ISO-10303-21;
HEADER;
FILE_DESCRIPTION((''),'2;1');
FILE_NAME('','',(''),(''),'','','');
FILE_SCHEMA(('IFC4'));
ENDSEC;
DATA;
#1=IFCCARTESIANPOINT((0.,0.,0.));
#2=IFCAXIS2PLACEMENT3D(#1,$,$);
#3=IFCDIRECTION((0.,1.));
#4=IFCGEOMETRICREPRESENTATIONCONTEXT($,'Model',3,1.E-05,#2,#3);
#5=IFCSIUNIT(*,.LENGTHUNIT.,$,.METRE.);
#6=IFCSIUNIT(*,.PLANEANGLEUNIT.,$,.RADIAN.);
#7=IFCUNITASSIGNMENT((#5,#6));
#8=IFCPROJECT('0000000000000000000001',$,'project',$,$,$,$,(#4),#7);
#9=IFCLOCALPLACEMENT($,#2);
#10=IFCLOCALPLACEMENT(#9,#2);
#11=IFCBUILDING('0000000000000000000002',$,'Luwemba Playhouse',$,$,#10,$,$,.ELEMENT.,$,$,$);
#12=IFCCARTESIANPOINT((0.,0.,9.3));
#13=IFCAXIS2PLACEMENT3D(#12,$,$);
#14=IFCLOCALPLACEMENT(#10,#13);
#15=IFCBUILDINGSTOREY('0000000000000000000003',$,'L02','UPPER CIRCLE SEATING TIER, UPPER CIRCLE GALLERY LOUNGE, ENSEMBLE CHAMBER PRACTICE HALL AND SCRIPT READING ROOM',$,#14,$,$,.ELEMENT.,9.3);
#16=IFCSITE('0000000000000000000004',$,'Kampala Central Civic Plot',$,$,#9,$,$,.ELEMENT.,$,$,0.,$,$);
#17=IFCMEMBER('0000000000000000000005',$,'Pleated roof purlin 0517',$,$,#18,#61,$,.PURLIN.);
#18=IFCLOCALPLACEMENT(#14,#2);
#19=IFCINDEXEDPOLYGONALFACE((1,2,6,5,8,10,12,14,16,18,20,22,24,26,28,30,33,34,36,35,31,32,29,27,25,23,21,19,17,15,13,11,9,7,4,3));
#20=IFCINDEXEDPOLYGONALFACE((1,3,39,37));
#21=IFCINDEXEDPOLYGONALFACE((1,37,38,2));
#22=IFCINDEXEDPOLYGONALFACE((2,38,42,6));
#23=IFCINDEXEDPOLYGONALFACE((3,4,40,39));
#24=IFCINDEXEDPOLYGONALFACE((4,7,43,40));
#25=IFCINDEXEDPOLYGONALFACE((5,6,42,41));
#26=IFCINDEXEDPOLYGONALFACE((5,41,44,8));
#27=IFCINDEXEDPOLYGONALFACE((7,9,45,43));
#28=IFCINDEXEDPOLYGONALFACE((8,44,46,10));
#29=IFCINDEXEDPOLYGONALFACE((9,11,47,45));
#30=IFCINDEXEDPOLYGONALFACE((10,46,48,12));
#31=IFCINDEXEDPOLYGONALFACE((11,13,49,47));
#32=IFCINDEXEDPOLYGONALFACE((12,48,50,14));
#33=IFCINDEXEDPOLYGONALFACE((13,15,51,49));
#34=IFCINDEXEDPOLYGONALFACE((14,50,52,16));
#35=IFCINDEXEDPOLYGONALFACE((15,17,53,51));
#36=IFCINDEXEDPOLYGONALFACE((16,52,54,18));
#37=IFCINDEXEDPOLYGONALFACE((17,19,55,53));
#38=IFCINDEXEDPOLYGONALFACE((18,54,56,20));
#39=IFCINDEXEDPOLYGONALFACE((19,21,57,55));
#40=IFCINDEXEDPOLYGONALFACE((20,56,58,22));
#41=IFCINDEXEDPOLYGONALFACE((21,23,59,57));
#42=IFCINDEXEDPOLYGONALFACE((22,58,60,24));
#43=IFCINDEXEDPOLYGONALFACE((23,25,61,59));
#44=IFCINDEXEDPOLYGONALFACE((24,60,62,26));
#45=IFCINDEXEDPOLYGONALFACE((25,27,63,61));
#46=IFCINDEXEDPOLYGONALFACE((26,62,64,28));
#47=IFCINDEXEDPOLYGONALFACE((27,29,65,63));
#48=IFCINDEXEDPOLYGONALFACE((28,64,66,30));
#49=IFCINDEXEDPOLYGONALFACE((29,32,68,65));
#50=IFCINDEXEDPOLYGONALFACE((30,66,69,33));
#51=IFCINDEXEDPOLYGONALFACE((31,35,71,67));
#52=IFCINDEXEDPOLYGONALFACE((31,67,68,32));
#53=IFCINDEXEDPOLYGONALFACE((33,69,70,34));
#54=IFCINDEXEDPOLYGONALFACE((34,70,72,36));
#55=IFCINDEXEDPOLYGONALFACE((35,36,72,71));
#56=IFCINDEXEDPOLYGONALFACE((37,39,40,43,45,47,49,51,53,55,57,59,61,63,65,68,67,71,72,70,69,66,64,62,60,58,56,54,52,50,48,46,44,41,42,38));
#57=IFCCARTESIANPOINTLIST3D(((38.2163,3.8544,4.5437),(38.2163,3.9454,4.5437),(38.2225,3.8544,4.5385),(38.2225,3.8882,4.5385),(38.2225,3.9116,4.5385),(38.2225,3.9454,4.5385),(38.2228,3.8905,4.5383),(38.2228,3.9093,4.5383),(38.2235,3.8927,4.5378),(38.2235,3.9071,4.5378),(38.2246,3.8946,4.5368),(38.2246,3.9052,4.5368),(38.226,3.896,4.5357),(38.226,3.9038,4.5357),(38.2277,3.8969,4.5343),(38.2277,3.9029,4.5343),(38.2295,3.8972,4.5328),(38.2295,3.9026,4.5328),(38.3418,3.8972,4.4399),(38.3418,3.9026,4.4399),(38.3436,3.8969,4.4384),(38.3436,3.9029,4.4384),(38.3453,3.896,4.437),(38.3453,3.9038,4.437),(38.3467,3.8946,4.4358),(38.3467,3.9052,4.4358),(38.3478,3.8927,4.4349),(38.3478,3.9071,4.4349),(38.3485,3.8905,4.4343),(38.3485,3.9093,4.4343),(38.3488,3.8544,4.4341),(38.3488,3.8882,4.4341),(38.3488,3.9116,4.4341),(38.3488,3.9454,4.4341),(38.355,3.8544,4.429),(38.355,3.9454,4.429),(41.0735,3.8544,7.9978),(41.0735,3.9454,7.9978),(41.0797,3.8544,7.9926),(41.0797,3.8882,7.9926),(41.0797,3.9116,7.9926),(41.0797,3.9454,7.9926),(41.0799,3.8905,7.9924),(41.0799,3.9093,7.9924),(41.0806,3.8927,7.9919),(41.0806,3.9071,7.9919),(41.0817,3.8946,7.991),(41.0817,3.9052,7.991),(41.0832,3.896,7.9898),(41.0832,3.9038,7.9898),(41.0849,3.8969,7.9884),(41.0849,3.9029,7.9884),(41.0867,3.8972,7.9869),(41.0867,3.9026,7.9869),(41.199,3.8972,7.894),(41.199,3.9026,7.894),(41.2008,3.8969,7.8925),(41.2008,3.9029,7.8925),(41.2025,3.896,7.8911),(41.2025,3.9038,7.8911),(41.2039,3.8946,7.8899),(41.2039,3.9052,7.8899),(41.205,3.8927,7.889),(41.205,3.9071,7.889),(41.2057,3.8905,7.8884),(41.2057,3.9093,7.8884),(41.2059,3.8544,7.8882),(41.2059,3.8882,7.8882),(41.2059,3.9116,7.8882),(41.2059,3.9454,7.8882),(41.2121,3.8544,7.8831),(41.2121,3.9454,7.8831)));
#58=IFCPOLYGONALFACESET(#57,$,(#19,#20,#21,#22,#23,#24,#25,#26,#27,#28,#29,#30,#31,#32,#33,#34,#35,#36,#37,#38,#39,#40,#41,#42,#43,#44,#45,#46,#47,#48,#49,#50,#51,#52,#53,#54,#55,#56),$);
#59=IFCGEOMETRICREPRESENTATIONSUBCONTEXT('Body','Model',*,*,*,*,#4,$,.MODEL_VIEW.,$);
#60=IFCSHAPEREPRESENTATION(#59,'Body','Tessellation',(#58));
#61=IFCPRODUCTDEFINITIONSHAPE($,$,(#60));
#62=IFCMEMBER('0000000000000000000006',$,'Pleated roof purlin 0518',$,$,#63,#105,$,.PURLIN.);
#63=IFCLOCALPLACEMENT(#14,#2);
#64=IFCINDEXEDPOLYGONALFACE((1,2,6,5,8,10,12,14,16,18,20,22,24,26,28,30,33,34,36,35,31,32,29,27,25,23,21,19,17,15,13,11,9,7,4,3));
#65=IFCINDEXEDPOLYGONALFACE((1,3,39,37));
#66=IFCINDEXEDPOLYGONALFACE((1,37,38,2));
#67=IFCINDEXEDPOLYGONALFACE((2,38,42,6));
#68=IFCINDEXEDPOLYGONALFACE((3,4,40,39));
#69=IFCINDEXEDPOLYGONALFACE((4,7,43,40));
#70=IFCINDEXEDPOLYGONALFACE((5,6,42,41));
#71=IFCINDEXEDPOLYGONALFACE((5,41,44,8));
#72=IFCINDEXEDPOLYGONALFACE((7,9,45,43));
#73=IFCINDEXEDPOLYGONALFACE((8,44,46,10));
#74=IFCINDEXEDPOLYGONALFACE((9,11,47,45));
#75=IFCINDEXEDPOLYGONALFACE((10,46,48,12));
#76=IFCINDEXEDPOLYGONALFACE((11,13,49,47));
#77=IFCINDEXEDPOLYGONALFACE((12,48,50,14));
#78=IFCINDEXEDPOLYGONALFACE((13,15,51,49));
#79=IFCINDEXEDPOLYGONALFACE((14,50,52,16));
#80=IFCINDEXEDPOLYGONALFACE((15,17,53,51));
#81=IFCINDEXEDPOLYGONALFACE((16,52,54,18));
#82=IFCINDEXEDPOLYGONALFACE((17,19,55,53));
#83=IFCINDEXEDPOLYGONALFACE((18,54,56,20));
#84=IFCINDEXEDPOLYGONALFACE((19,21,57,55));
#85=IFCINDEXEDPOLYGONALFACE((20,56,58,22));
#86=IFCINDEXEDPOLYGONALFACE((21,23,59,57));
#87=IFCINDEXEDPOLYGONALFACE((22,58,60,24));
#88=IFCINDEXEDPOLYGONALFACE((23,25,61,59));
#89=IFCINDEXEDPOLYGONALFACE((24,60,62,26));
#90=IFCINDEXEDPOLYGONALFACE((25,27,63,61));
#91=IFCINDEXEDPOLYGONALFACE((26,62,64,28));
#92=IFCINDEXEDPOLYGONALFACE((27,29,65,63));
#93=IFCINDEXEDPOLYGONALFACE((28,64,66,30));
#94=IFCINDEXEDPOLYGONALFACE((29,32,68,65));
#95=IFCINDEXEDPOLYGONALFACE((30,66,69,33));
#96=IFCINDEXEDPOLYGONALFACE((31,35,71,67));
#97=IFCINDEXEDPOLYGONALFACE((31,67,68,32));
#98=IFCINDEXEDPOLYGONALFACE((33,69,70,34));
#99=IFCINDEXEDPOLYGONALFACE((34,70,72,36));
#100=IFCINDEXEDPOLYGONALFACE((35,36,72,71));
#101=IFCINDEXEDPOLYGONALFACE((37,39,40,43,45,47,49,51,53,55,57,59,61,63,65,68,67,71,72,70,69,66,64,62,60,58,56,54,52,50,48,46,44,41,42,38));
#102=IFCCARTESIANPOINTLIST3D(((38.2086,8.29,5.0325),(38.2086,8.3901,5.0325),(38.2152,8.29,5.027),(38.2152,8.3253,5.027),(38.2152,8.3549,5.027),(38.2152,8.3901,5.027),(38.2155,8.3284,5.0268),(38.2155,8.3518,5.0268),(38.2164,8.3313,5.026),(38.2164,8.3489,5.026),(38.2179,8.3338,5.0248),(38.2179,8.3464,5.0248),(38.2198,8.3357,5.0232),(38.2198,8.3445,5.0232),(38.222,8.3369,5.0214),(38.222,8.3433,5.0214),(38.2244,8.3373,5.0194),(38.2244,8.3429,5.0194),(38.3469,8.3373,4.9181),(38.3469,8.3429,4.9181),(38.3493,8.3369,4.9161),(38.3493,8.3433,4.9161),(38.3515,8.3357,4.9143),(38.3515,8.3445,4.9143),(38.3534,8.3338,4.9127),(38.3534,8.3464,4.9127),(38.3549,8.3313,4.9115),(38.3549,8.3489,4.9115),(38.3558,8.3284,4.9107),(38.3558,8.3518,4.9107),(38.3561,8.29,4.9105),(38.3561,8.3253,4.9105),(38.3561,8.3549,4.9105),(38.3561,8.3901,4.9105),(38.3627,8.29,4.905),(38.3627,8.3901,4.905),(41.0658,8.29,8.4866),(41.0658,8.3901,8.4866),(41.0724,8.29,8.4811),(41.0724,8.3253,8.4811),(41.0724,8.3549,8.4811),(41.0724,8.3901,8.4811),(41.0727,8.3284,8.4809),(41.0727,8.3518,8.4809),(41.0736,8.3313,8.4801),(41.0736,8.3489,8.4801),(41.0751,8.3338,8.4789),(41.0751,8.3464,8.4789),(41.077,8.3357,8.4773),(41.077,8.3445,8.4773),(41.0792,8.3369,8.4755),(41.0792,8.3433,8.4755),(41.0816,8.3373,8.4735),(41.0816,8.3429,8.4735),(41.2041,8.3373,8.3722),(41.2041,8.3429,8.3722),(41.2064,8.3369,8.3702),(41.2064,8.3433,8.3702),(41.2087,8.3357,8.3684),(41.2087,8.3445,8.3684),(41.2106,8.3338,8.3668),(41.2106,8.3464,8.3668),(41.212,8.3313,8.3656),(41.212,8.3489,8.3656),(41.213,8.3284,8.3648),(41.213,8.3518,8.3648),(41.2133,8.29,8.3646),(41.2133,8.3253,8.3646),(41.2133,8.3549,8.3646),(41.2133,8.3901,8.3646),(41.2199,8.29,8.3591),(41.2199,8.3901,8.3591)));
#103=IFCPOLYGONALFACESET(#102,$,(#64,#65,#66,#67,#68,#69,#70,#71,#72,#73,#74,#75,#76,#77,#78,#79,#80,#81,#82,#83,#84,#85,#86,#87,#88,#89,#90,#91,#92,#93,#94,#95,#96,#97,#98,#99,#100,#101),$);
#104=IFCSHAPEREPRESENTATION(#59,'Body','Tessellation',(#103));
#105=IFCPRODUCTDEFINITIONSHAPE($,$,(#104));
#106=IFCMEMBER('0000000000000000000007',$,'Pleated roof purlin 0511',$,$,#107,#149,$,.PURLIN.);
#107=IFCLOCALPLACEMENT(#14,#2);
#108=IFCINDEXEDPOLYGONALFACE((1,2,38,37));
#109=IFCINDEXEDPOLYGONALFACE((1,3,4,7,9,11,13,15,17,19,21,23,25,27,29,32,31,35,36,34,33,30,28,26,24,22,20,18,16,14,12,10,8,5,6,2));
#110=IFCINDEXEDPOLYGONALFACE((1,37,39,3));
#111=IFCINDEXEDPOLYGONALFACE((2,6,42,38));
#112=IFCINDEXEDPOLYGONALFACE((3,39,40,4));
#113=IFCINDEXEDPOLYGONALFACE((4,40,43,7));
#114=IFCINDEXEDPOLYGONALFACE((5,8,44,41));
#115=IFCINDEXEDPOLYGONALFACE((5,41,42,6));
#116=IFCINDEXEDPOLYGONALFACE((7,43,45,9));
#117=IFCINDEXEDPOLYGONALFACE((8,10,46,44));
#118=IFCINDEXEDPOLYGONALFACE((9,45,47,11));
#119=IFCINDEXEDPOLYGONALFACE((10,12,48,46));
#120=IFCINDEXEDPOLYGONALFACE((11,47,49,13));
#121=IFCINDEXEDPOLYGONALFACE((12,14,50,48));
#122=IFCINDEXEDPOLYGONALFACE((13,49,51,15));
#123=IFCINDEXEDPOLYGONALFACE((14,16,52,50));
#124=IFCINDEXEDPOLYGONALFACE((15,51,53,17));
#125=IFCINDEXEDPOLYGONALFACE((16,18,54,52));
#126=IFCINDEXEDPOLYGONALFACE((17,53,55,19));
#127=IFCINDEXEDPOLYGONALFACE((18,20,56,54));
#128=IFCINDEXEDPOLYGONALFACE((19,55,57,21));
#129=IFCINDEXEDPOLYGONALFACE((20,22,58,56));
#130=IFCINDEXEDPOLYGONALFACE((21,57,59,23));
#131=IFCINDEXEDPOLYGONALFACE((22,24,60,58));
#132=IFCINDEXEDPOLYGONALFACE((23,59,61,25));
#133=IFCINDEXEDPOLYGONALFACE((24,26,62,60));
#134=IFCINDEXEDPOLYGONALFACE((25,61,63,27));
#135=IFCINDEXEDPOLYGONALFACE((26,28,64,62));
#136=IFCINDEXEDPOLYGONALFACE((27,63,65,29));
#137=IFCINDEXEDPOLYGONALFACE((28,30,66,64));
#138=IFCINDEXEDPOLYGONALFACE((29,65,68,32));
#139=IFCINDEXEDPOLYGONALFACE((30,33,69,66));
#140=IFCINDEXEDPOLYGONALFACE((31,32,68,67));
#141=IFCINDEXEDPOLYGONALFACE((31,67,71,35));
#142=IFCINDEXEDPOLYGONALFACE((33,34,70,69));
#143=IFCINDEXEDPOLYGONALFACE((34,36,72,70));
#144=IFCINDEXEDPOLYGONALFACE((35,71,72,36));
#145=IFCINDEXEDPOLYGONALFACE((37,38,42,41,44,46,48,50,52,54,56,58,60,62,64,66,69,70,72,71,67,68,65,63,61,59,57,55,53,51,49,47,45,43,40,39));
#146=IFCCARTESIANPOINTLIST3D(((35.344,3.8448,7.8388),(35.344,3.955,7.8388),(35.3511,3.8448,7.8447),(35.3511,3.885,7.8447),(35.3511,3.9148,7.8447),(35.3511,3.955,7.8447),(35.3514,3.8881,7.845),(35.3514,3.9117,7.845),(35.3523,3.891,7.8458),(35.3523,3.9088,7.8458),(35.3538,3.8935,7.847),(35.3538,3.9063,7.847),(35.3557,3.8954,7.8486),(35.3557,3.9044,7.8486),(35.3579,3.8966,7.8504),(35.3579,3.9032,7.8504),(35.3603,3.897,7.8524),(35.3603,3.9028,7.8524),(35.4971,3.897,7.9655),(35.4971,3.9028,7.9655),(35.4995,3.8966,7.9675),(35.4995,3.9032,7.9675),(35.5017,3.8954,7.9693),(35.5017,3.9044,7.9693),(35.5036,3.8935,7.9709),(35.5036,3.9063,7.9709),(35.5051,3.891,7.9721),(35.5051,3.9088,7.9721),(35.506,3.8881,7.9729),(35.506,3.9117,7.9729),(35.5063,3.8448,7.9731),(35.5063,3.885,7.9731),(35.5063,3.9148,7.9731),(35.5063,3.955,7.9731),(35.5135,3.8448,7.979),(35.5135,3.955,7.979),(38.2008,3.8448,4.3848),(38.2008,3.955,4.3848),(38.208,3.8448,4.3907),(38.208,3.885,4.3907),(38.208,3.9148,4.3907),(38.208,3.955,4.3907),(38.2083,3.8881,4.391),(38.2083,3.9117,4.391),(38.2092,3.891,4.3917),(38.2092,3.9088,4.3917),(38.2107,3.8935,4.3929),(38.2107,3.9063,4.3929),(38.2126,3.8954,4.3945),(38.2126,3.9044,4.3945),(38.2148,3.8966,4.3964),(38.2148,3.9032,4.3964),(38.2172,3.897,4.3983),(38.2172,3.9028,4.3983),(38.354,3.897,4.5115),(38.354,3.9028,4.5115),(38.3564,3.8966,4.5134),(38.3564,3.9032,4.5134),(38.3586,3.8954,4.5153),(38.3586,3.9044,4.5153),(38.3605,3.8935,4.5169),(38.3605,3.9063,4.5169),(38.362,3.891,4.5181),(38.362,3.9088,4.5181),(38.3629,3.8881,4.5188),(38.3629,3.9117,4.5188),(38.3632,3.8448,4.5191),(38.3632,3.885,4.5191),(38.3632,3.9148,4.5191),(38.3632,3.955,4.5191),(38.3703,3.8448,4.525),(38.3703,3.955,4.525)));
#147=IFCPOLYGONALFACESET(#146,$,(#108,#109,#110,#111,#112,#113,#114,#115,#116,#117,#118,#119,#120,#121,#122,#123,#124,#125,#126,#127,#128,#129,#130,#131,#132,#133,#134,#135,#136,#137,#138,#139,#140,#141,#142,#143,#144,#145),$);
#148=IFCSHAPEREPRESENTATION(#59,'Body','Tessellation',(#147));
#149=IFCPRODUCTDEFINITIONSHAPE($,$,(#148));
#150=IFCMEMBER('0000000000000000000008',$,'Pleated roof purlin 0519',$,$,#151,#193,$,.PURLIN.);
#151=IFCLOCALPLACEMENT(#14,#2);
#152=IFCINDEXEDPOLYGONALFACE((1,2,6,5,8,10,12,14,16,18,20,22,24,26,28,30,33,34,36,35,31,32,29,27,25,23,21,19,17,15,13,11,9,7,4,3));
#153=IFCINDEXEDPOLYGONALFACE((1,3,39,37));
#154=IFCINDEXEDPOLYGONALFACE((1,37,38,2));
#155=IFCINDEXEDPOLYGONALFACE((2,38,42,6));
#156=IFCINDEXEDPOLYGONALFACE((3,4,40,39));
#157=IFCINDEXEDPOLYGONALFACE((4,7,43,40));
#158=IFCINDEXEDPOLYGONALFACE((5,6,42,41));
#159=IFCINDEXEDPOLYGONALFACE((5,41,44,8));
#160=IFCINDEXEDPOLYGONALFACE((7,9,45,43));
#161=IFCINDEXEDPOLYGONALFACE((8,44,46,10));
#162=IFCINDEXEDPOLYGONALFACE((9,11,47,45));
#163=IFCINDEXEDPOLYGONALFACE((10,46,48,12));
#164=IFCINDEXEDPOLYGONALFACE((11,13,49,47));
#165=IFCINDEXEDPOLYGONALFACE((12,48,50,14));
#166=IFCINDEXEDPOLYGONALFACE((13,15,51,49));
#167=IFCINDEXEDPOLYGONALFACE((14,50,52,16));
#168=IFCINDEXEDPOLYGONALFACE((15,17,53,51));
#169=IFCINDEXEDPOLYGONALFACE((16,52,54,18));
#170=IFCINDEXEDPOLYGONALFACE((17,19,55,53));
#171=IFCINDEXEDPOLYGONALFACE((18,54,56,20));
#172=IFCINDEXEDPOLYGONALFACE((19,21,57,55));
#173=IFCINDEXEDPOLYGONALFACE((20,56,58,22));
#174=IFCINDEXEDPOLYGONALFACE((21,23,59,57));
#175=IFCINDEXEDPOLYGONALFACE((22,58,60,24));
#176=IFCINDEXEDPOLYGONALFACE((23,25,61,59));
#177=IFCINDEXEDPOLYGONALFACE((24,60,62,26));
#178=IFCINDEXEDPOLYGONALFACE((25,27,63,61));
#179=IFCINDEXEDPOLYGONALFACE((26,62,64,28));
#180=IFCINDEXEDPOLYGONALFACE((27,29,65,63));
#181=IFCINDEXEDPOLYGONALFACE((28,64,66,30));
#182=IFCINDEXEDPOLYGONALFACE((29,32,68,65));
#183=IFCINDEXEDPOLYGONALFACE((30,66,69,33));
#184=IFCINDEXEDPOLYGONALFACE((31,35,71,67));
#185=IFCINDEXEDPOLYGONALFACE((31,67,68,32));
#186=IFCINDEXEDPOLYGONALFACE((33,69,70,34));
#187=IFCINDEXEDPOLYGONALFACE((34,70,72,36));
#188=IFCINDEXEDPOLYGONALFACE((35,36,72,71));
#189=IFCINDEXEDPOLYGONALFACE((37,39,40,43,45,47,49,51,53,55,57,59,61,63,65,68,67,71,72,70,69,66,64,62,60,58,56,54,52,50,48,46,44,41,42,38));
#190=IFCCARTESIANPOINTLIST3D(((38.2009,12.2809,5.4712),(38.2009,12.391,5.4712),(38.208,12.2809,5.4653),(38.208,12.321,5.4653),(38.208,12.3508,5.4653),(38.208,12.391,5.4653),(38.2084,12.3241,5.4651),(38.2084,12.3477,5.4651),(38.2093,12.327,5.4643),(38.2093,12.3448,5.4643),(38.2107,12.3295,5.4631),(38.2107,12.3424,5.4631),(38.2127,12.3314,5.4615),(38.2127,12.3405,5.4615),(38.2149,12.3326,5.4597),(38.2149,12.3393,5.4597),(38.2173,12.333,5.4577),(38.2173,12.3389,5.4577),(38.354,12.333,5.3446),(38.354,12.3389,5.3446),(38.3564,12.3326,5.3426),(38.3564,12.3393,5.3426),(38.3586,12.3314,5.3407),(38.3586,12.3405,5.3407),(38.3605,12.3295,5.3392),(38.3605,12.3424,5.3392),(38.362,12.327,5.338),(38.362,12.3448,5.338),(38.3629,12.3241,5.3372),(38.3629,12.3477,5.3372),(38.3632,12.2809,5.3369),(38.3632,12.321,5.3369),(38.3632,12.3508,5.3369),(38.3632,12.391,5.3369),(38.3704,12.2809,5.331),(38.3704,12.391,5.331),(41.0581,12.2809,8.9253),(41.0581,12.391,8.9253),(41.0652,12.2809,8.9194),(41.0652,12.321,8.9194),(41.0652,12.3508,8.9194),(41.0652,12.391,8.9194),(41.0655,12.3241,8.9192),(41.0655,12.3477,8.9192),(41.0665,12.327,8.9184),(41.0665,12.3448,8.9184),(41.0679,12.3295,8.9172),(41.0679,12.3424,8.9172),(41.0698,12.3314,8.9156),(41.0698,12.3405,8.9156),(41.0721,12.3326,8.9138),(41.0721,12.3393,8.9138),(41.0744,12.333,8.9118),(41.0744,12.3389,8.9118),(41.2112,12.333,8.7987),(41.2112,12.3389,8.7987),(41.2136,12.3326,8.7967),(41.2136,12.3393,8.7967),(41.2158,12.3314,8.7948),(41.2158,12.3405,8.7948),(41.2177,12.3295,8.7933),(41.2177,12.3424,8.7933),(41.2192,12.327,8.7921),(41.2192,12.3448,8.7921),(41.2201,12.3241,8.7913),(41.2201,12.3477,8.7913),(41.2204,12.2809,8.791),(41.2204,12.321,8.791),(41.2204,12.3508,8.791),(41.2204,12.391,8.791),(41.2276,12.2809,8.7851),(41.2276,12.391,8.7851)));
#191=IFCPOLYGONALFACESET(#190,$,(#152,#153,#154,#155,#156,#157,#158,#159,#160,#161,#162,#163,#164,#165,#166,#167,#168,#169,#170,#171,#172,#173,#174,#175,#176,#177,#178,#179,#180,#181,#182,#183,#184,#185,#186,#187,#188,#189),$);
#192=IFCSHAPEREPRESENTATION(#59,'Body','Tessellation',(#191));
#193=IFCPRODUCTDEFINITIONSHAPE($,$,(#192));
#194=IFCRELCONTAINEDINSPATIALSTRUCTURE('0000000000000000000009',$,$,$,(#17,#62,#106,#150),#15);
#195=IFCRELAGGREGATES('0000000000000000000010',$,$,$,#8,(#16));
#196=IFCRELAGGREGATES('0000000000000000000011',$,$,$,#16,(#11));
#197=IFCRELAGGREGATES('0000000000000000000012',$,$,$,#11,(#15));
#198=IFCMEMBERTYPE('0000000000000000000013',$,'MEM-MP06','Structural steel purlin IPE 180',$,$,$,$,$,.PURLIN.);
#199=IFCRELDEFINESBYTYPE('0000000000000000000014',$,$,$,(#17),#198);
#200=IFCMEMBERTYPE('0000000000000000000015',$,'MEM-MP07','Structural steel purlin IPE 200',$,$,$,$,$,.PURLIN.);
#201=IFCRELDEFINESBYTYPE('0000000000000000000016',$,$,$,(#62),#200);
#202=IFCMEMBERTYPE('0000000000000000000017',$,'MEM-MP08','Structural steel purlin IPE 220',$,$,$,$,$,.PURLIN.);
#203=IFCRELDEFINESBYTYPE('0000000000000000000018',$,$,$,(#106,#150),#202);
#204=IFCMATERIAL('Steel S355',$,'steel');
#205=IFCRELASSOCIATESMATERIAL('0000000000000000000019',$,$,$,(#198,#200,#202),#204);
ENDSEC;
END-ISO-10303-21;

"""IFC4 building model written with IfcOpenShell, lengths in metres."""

from ifc_helpers import new_model, si_unit, direction, frame, origin, origin_2d, place, context, subcontext, project, spatial, i_section, extrude, material, material_profile, profile_set, type_object, element, save


model = new_model("IFC4")

# Units and contexts
model_context = context("Model", 3, precision=1e-05, world=origin(), true_north=direction((0.0, 1.0)))
body_context = subcontext(model_context, "Body", "Model", "MODEL_VIEW")
ifc_project = project(units=[si_unit("LENGTHUNIT", "METRE"), si_unit("PLANEANGLEUNIT", "RADIAN")], contexts=[model_context])

# Site, building, storey
site_placement = place(None, origin())
site = spatial("IfcSite", under=ifc_project, at=site_placement, Name="Kampala Central Civic Plot", CompositionType="ELEMENT", RefElevation=0.0)
building_placement = place(site_placement, origin())
building = spatial("IfcBuilding", under=site, at=building_placement, Name="Luwemba Playhouse", CompositionType="ELEMENT")
storey_placement = place(building_placement, frame((0.0, 0.0, 9.3)))
storey = spatial("IfcBuildingStorey", under=building, at=storey_placement, Name="L02", Description="UPPER CIRCLE SEATING TIER, UPPER CIRCLE GALLERY LOUNGE, ENSEMBLE CHAMBER PRACTICE HALL AND SCRIPT READING ROOM", CompositionType="ELEMENT", Elevation=9.3)

# Shared definitions
ifc_material_1 = material(Name="Steel S355", Category="steel")

# Members
ifc_material_profile_1 = material_profile(ifc_material_1, i_section(OverallWidth=0.0911, OverallDepth=0.1799, WebThickness=0.0054, FlangeThickness=0.0081, FilletRadius=0.009, at=origin_2d()))
ifc_profile_set_1 = profile_set([ifc_material_profile_1], Name="Steel S355")
member_type_1 = type_object("IfcMemberType", Name="MEM-MP06", Description="Structural steel purlin IPE 180", PredefinedType="PURLIN", material=ifc_profile_set_1)
member_1_placement = place(storey_placement, frame((38.2856, 3.8999, 4.4863), z_axis=(0.637384, 0.0, 0.770547), x_axis=(0.0, 1.0, 0.0)))
element("IfcMember", 1, at=member_1_placement, inside=storey, type_object=member_type_1, Name="Pleated roof purlin 0517", PredefinedType="PURLIN", context=body_context, shape_type="SweptSolid", body=[
    extrude(i_section(OverallWidth=0.0911, OverallDepth=0.1799, WebThickness=0.0054, FlangeThickness=0.0081, FilletRadius=0.009, at=origin_2d()), origin(), (0.0, 0.0, 1.0), 4.4827),
])
ifc_material_profile_2 = material_profile(ifc_material_1, i_section(OverallWidth=0.1001, OverallDepth=0.2, WebThickness=0.0056, FlangeThickness=0.0085, FilletRadius=0.012, at=origin_2d()))
ifc_profile_set_2 = profile_set([ifc_material_profile_2], Name="Steel S355")
member_type_2 = type_object("IfcMemberType", Name="MEM-MP07", Description="Structural steel purlin IPE 200", PredefinedType="PURLIN", material=ifc_profile_set_2)
member_2_placement = place(storey_placement, frame((38.2856, 8.3401, 4.9688), z_axis=(0.637384, 0.0, 0.770547), x_axis=(0.0, 1.0, 0.0)))
element("IfcMember", 2, at=member_2_placement, inside=storey, type_object=member_type_2, Name="Pleated roof purlin 0518", PredefinedType="PURLIN", context=body_context, shape_type="SweptSolid", body=[
    extrude(i_section(OverallWidth=0.1001, OverallDepth=0.2, WebThickness=0.0056, FlangeThickness=0.0085, FilletRadius=0.012, at=origin_2d()), origin(), (0.0, 0.0, 1.0), 4.4827),
])
ifc_material_profile_3 = material_profile(ifc_material_1, i_section(OverallWidth=0.1101, OverallDepth=0.22, WebThickness=0.0059, FlangeThickness=0.0093, FilletRadius=0.012, at=origin_2d()))
ifc_profile_set_3 = profile_set([ifc_material_profile_3], Name="Steel S355")
member_type_3 = type_object("IfcMemberType", Name="MEM-MP08", Description="Structural steel purlin IPE 220", PredefinedType="PURLIN", material=ifc_profile_set_3)
member_3_placement = place(storey_placement, frame((35.4287, 3.8999, 7.9089), z_axis=(0.637351, 0.0, -0.770573), x_axis=(0.0, 1.0, 0.0)))
element("IfcMember", 3, at=member_3_placement, inside=storey, type_object=member_type_3, Name="Pleated roof purlin 0511", PredefinedType="PURLIN", context=body_context, shape_type="SweptSolid", body=[
    extrude(i_section(OverallWidth=0.1101, OverallDepth=0.22, WebThickness=0.0059, FlangeThickness=0.0093, FilletRadius=0.012, at=origin_2d()), origin(), (0.0, 0.0, 1.0), 4.4824),
])
member_4_placement = place(storey_placement, frame((38.2856, 12.3359, 5.4011), z_axis=(0.637384, 0.0, 0.770547), x_axis=(0.0, 1.0, 0.0)))
element("IfcMember", 4, at=member_4_placement, inside=storey, type_object=member_type_3, Name="Pleated roof purlin 0519", PredefinedType="PURLIN", context=body_context, shape_type="SweptSolid", body=[
    extrude(i_section(OverallWidth=0.1101, OverallDepth=0.22, WebThickness=0.0059, FlangeThickness=0.0093, FilletRadius=0.012, at=origin_2d()), origin(), (0.0, 0.0, 1.0), 4.4827),
])

save(model, "model.ifc")
